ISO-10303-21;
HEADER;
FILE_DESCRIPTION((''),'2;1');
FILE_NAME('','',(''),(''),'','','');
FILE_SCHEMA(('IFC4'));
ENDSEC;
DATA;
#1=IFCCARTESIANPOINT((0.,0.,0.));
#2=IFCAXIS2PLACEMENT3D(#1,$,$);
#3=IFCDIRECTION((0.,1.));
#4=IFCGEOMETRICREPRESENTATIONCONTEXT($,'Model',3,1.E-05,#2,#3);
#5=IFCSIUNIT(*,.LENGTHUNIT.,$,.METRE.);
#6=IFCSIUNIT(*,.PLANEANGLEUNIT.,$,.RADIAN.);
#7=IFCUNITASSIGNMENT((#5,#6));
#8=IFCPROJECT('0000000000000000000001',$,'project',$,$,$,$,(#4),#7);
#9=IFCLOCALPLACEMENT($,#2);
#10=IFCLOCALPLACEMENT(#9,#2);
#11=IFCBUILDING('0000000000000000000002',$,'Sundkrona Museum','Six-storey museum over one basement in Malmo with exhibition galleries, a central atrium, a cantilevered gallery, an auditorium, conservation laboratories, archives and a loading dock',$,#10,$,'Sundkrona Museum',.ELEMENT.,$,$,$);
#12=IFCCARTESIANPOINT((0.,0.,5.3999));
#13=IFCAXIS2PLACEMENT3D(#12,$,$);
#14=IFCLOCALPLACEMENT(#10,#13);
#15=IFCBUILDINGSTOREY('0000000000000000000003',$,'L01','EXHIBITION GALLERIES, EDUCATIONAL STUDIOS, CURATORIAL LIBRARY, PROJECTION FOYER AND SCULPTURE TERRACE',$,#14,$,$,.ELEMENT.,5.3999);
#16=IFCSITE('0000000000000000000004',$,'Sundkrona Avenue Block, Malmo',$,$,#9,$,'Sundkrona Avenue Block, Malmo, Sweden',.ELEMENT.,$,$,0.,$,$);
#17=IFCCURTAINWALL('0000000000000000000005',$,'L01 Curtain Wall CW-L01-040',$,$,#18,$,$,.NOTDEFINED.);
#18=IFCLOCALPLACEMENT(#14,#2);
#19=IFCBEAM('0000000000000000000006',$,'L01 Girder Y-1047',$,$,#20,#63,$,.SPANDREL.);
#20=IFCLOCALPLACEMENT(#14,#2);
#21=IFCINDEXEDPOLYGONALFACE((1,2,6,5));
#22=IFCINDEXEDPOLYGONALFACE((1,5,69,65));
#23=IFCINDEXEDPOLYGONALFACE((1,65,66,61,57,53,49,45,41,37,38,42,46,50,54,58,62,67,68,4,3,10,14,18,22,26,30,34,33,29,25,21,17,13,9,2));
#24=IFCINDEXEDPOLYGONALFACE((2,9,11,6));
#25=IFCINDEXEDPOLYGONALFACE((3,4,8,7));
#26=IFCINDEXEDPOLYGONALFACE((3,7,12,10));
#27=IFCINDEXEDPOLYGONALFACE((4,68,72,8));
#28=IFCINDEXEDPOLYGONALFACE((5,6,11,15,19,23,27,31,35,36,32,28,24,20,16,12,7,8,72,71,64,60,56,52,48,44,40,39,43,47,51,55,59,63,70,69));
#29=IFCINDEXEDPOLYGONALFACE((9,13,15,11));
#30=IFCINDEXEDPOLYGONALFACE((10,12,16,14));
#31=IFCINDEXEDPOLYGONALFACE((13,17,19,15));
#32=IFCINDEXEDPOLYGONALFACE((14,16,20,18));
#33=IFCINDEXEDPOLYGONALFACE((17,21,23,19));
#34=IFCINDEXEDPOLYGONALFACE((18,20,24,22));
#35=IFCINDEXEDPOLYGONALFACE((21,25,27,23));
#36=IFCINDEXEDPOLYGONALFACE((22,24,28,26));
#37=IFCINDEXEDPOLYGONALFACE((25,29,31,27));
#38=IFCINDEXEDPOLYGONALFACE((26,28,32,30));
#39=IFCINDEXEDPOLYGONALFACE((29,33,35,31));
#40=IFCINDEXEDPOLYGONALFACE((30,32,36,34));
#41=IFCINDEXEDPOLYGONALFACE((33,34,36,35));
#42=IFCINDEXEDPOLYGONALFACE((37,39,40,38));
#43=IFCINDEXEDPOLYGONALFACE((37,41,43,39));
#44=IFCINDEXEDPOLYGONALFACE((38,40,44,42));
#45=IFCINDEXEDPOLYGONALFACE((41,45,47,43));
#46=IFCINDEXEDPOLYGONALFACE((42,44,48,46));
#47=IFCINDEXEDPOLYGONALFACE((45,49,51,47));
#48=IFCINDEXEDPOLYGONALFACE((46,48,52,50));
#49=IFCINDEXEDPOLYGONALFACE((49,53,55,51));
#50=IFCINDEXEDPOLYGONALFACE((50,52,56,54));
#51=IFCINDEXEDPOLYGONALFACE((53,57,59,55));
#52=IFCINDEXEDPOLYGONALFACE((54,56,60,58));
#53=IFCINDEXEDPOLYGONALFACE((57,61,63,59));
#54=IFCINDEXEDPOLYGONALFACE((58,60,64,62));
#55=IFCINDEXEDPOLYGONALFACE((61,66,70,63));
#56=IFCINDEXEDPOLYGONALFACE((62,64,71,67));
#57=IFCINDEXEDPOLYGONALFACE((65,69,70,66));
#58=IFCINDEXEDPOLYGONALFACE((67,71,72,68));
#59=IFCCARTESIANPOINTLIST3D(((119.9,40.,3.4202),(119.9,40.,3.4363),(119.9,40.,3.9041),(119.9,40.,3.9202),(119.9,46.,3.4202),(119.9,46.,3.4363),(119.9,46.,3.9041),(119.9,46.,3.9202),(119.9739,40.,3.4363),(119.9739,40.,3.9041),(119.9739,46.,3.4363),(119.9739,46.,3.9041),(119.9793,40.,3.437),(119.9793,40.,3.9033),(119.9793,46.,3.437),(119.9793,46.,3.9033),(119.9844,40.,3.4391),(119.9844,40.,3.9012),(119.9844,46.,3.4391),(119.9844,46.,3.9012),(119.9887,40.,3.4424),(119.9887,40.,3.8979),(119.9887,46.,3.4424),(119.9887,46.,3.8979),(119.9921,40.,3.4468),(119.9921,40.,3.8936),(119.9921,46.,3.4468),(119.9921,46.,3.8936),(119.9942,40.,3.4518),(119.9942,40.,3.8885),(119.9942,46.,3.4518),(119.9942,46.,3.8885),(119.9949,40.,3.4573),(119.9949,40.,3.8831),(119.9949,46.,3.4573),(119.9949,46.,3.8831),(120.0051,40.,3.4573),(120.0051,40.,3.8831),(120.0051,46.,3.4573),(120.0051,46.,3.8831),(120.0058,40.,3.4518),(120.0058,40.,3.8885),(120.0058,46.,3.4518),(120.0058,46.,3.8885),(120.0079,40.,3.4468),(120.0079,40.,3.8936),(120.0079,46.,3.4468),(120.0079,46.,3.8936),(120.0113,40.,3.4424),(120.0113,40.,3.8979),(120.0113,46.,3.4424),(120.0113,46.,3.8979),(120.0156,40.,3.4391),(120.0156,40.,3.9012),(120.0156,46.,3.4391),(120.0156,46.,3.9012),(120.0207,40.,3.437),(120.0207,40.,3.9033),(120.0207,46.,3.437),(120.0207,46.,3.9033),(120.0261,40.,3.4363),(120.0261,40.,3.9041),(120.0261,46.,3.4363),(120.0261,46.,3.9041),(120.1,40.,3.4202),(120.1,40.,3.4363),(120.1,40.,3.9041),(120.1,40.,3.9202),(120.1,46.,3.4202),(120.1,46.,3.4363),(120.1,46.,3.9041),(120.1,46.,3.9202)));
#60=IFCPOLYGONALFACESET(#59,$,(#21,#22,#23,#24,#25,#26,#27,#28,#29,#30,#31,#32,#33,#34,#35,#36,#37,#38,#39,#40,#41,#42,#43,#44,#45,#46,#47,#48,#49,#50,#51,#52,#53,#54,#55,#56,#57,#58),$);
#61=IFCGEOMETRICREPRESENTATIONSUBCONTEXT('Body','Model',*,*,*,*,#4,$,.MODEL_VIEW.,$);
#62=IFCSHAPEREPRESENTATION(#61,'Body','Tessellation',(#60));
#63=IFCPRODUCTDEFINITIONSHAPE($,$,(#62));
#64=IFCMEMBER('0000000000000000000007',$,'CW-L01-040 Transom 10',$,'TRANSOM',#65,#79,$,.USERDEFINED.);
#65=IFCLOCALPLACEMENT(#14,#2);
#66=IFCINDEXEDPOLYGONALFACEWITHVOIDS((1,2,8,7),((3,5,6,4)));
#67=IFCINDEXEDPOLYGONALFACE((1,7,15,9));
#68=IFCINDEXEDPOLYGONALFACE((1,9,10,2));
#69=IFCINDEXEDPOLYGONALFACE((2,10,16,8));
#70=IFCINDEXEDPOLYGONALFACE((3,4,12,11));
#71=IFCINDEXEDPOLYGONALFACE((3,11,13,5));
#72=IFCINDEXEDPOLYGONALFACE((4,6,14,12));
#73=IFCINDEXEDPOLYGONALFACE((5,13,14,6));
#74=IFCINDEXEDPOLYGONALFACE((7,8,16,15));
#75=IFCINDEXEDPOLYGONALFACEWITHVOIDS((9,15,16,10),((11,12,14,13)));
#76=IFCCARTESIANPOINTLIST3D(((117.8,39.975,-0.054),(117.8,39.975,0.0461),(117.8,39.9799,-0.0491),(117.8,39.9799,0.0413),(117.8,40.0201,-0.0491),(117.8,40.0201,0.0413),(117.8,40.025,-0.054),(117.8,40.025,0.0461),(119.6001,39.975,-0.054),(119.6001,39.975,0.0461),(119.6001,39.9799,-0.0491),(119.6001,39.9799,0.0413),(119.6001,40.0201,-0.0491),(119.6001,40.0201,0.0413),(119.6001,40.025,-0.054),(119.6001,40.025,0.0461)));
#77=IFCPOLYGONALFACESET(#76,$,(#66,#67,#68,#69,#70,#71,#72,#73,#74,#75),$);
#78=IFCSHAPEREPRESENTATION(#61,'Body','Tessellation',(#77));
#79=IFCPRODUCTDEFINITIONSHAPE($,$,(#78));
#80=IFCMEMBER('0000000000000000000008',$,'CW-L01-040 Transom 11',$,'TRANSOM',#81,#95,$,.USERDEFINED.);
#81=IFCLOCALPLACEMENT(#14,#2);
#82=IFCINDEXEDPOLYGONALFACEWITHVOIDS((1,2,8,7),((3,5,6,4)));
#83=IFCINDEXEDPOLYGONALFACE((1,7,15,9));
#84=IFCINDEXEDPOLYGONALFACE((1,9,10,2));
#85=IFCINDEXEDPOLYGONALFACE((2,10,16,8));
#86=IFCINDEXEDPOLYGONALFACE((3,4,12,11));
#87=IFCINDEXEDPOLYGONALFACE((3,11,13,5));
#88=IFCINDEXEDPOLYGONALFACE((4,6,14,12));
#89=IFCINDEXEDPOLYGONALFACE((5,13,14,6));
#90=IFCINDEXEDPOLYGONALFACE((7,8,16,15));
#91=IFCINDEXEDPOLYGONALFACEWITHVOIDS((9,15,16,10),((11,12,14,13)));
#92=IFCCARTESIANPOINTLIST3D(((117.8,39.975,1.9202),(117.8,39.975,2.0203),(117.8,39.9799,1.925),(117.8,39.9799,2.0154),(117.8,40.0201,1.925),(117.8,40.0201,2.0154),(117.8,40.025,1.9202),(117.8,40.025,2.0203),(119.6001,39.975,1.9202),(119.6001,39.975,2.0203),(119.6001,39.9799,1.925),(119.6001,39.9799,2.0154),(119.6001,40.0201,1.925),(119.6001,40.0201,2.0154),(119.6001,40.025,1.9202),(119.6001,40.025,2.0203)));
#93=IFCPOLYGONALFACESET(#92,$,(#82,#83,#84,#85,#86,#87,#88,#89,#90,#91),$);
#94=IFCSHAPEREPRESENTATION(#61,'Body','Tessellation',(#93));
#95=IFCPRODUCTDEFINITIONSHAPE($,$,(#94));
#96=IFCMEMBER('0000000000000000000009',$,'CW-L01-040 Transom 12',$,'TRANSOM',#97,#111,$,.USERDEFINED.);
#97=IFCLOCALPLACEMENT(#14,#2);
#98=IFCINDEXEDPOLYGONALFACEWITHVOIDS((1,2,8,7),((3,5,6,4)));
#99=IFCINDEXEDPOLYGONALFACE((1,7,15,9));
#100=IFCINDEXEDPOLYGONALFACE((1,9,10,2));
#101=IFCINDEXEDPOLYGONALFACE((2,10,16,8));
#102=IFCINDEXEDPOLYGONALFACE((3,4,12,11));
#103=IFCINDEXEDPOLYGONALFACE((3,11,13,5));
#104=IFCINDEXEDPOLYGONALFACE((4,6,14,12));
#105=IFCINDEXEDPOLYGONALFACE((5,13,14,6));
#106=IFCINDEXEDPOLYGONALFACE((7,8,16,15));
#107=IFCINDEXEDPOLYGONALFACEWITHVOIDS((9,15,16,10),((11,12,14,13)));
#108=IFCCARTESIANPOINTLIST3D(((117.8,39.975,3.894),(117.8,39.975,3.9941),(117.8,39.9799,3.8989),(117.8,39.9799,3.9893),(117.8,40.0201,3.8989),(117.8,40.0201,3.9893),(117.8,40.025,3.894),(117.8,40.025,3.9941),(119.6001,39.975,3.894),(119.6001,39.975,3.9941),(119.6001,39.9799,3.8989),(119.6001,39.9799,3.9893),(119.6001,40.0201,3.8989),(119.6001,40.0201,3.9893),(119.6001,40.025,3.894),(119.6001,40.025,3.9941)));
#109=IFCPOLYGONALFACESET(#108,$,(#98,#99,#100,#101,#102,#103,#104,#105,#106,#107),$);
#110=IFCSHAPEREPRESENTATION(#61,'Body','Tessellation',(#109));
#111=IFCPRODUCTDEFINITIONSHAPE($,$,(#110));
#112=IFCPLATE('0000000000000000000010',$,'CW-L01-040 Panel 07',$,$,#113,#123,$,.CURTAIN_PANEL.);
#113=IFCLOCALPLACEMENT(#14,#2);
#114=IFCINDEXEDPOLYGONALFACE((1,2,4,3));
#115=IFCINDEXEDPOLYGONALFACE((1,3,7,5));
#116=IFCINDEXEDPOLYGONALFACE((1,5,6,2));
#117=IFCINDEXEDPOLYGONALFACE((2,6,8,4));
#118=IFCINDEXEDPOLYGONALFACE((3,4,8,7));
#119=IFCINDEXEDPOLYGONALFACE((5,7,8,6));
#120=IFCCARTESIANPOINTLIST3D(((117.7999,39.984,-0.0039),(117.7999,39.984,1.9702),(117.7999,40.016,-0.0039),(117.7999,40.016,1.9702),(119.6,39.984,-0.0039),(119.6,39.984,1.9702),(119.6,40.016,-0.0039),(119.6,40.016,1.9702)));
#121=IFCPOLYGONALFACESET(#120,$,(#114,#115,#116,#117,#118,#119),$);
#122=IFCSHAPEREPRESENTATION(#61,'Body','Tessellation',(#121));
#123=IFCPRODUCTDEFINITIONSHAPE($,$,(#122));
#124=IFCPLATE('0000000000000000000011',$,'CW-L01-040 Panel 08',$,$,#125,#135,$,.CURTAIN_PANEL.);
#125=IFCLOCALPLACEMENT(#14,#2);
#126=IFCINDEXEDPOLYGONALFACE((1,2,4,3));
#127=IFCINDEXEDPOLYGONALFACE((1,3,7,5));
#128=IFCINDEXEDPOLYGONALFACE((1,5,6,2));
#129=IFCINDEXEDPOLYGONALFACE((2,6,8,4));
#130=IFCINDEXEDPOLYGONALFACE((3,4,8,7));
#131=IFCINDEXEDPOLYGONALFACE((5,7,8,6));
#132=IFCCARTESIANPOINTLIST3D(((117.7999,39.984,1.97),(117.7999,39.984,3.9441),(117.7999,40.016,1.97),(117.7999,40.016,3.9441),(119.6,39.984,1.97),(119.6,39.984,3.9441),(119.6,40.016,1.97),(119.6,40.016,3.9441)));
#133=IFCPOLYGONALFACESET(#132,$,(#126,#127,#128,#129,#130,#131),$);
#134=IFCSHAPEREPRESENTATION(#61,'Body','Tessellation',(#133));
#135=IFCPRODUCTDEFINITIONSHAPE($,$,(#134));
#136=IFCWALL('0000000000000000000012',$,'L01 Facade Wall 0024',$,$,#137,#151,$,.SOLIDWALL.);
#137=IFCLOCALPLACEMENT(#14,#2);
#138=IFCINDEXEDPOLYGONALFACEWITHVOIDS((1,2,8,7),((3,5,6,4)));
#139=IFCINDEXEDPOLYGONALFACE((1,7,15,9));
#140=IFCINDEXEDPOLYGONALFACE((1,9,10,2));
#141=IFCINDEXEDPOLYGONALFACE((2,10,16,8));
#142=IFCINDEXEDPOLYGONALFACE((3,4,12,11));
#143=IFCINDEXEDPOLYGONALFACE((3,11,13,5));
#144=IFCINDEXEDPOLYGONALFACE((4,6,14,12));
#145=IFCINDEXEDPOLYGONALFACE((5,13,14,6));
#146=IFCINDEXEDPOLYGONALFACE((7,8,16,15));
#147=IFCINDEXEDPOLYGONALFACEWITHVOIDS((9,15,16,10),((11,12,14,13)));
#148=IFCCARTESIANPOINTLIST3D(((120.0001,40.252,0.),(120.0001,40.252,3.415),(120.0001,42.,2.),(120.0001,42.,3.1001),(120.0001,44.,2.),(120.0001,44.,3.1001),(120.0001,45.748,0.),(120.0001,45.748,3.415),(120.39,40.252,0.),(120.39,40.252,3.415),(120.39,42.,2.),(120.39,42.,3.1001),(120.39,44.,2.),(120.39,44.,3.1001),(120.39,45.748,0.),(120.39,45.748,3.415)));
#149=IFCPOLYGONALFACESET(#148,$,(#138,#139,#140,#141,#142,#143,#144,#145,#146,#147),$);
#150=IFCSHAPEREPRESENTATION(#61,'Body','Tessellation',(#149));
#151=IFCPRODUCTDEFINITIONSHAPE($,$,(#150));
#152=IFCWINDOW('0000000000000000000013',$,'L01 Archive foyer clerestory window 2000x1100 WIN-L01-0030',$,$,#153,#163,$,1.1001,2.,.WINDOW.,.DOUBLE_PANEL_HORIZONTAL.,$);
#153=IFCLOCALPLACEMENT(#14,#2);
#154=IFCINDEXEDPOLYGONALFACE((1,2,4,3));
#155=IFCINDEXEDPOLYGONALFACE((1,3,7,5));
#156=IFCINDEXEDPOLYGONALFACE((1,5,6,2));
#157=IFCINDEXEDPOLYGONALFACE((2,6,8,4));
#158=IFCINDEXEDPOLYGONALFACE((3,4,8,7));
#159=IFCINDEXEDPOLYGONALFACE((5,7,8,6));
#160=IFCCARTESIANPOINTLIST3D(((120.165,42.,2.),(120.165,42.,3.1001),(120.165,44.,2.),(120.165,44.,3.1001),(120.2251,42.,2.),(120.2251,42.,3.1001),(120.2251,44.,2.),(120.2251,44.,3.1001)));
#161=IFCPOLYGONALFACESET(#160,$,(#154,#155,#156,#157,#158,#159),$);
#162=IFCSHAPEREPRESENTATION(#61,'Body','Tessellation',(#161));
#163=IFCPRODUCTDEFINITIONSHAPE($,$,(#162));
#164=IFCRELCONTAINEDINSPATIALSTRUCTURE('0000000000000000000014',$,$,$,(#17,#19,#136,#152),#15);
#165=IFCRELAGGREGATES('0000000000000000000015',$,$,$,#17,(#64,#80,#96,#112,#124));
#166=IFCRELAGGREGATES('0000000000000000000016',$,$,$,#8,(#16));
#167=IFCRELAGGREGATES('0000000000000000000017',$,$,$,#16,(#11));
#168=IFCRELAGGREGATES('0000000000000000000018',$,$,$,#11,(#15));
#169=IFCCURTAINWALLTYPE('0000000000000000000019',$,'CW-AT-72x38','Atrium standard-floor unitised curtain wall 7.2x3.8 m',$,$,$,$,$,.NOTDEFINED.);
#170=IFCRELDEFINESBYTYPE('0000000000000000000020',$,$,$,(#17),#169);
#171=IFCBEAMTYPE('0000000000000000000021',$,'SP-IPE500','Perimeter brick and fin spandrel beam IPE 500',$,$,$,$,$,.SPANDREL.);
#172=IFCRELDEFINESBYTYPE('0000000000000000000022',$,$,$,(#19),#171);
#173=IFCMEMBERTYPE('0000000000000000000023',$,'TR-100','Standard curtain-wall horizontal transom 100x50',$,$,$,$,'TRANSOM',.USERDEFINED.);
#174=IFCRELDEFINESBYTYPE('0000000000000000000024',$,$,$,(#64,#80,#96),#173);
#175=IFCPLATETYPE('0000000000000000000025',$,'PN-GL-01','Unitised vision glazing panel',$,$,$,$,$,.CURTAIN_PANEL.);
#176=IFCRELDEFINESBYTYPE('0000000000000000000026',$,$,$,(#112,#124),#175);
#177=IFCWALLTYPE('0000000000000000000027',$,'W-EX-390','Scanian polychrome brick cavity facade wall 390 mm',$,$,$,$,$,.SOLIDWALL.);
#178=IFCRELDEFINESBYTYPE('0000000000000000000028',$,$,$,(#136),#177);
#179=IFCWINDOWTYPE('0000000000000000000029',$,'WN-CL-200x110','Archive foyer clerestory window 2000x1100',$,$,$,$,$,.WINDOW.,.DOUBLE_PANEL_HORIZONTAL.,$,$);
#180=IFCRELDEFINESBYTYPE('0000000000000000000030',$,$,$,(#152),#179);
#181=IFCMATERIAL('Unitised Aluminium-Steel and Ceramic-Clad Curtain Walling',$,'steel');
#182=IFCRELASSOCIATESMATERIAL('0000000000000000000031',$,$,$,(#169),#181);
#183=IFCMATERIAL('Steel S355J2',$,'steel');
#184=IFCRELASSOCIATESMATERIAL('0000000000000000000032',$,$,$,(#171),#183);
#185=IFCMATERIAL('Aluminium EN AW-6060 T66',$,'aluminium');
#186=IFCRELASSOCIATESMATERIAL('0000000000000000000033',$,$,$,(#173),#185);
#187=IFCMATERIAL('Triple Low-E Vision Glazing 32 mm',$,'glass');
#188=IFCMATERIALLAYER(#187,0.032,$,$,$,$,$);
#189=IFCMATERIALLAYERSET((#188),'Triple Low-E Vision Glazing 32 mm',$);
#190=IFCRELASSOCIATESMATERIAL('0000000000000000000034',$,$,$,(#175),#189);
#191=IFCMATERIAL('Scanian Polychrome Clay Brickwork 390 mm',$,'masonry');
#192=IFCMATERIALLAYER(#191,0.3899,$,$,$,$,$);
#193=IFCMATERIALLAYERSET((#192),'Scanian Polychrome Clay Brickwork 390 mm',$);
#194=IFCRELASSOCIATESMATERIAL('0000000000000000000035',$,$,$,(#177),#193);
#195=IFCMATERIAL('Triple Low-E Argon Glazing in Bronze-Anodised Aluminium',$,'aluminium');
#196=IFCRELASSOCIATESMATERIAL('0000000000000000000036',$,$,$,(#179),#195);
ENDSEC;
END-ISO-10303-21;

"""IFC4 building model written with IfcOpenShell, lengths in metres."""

from ifc_helpers import new_model, si_unit, direction, frame, frame_2d, origin, origin_2d, place, context, subcontext, project, spatial, rectangle, hollow_rectangle, i_section, extrude, material, layer, layer_set, material_profile, profile_set, type_object, element, fill, aggregate, save


model = new_model("IFC4")

# Units and contexts
model_context = context("Model", 3, precision=1e-05, world=origin(), true_north=direction((0.0, 1.0)))
body_context = subcontext(model_context, "Body", "Model", "MODEL_VIEW")
ifc_project = project(units=[si_unit("LENGTHUNIT", "METRE"), si_unit("PLANEANGLEUNIT", "RADIAN")], contexts=[model_context])

# Site, building, storey
site_placement = place(None, origin())
site = spatial("IfcSite", under=ifc_project, at=site_placement, Name="Sundkrona Avenue Block, Malmo", LongName="Sundkrona Avenue Block, Malmo, Sweden", CompositionType="ELEMENT", RefElevation=0.0)
building_placement = place(site_placement, origin())
building = spatial("IfcBuilding", under=site, at=building_placement, Name="Sundkrona Museum", Description="Six-storey museum over one basement in Malmo with exhibition galleries, a central atrium, a cantilevered gallery, an auditorium, conservation laboratories, archives and a loading dock", LongName="Sundkrona Museum", CompositionType="ELEMENT")
storey_placement = place(building_placement, frame((0.0, 0.0, 5.3999)))
storey = spatial("IfcBuildingStorey", under=building, at=storey_placement, Name="L01", Description="EXHIBITION GALLERIES, EDUCATIONAL STUDIOS, CURATORIAL LIBRARY, PROJECTION FOYER AND SCULPTURE TERRACE", CompositionType="ELEMENT", Elevation=5.3999)

# Shared definitions
ifc_material_1 = material(Name="Steel S355J2", Category="steel")

# Curtain wall
ifc_material_2 = material(Name="Unitised Aluminium-Steel and Ceramic-Clad Curtain Walling", Category="steel")
curtain_wall_type = type_object("IfcCurtainWallType", Name="CW-AT-72x38", Description="Atrium standard-floor unitised curtain wall 7.2x3.8 m", PredefinedType="NOTDEFINED", material=ifc_material_2)
curtain_wall_placement = place(storey_placement, origin())
curtain_wall = element("IfcCurtainWall", 1, at=curtain_wall_placement, inside=storey, type_object=curtain_wall_type, Name="L01 Curtain Wall CW-L01-040", PredefinedType="NOTDEFINED")
ifc_material_3 = material(Name="Aluminium EN AW-6060 T66", Category="aluminium")

# Beam
ifc_material_profile_1 = material_profile(ifc_material_1, i_section(OverallWidth=0.2, OverallDepth=0.5, WebThickness=0.0103, FlangeThickness=0.0161, FilletRadius=0.021, at=origin_2d()), Name="IPE 500")
ifc_profile_set_1 = profile_set([ifc_material_profile_1], Name="Steel S355J2")
beam_type_1 = type_object("IfcBeamType", Name="SP-IPE500", Description="Perimeter brick and fin spandrel beam IPE 500", PredefinedType="SPANDREL", material=ifc_profile_set_1)
beam_1_placement = place(storey_placement, frame((120.0, 40.0, 3.6702), z_axis=(0.0, 1.0, 0.0), x_axis=(-1.0, 0.0, 0.0)))
element("IfcBeam", 2, at=beam_1_placement, inside=storey, type_object=beam_type_1, Name="L01 Girder Y-1047", PredefinedType="SPANDREL", context=body_context, shape_type="SweptSolid", body=[
    extrude(i_section(OverallWidth=0.2, OverallDepth=0.5, WebThickness=0.0103, FlangeThickness=0.0161, FilletRadius=0.021, at=origin_2d()), origin(), (0.0, 0.0, 1.0), 6.0),
])

# Members
ifc_material_profile_2 = material_profile(ifc_material_3, hollow_rectangle(XDim=0.05, YDim=0.1001, WallThickness=0.0049, at=origin_2d()), Name="RHS 100x50x5.0")
ifc_profile_set_2 = profile_set([ifc_material_profile_2], Name="Aluminium EN AW-6060 T66")
member_type_1 = type_object("IfcMemberType", Name="TR-100", Description="Standard curtain-wall horizontal transom 100x50", ElementType="TRANSOM", PredefinedType="USERDEFINED", material=ifc_profile_set_2)
member_1_placement = place(storey_placement, frame((117.8, 40.0, -0.0039), z_axis=(1.0, 0.0, 0.0), x_axis=(0.0, 1.0, 0.0)))
member_1 = element("IfcMember", 3, at=member_1_placement, type_object=member_type_1, Name="CW-L01-040 Transom 10", ObjectType="TRANSOM", PredefinedType="USERDEFINED", context=body_context, shape_type="SweptSolid", body=[
    extrude(hollow_rectangle(XDim=0.05, YDim=0.1001, WallThickness=0.0049, at=origin_2d()), origin(), (0.0, 0.0, 1.0), 1.8),
])
member_2_placement = place(storey_placement, frame((117.8, 40.0, 1.9702), z_axis=(1.0, 0.0, 0.0), x_axis=(0.0, 1.0, 0.0)))
member_2 = element("IfcMember", 4, at=member_2_placement, type_object=member_type_1, Name="CW-L01-040 Transom 11", ObjectType="TRANSOM", PredefinedType="USERDEFINED", context=body_context, shape_type="SweptSolid", body=[
    extrude(hollow_rectangle(XDim=0.05, YDim=0.1001, WallThickness=0.0049, at=origin_2d()), origin(), (0.0, 0.0, 1.0), 1.8),
])
member_3_placement = place(storey_placement, frame((117.8, 40.0, 3.9441), z_axis=(1.0, 0.0, 0.0), x_axis=(0.0, 1.0, 0.0)))
member_3 = element("IfcMember", 5, at=member_3_placement, type_object=member_type_1, Name="CW-L01-040 Transom 12", ObjectType="TRANSOM", PredefinedType="USERDEFINED", context=body_context, shape_type="SweptSolid", body=[
    extrude(hollow_rectangle(XDim=0.05, YDim=0.1001, WallThickness=0.0049, at=origin_2d()), origin(), (0.0, 0.0, 1.0), 1.8),
])

# Plates
ifc_material_4 = material(Name="Triple Low-E Vision Glazing 32 mm", Category="glass")
ifc_layer_1 = layer(ifc_material_4, 0.032)
ifc_layer_set_1 = layer_set([ifc_layer_1], Name="Triple Low-E Vision Glazing 32 mm")
plate_type = type_object("IfcPlateType", Name="PN-GL-01", Description="Unitised vision glazing panel", PredefinedType="CURTAIN_PANEL", material=ifc_layer_set_1)
plate_1_placement = place(storey_placement, frame((118.7, 40.0, -0.0039), z_axis=(0.0, 0.0, 1.0), x_axis=(1.0, 0.0, 0.0)))
plate_1 = element("IfcPlate", 6, at=plate_1_placement, type_object=plate_type, Name="CW-L01-040 Panel 07", PredefinedType="CURTAIN_PANEL", context=body_context, shape_type="SweptSolid", body=[
    extrude(rectangle(XDim=1.8, YDim=0.032, at=origin_2d()), origin(), (0.0, 0.0, 1.0), 1.9741),
])
plate_2_placement = place(storey_placement, frame((118.7, 40.0, 1.97), z_axis=(0.0, 0.0, 1.0), x_axis=(1.0, 0.0, 0.0)))
plate_2 = element("IfcPlate", 7, at=plate_2_placement, type_object=plate_type, Name="CW-L01-040 Panel 08", PredefinedType="CURTAIN_PANEL", context=body_context, shape_type="SweptSolid", body=[
    extrude(rectangle(XDim=1.8, YDim=0.032, at=origin_2d()), origin(), (0.0, 0.0, 1.0), 1.9741),
])
aggregate(curtain_wall, [member_1, member_2, member_3, plate_1, plate_2])

# Wall, opening, window
ifc_material_5 = material(Name="Scanian Polychrome Clay Brickwork 390 mm", Category="masonry")
ifc_layer_2 = layer(ifc_material_5, 0.3899)
ifc_layer_set_2 = layer_set([ifc_layer_2], Name="Scanian Polychrome Clay Brickwork 390 mm")
wall_type_1 = type_object("IfcWallType", Name="W-EX-390", Description="Scanian polychrome brick cavity facade wall 390 mm", PredefinedType="SOLIDWALL", material=ifc_layer_set_2)
wall_1_placement = place(storey_placement, frame((120.1951, 40.252, 0.0), z_axis=(0.0, 0.0, 1.0), x_axis=(0.0, 1.0, 0.0)))
wall_1 = element("IfcWall", 8, at=wall_1_placement, inside=storey, type_object=wall_type_1, Name="L01 Facade Wall 0024", PredefinedType="SOLIDWALL", context=body_context, shape_type="SweptSolid", body=[
    extrude(rectangle(XDim=5.4961, YDim=0.3899, at=frame_2d((2.748, 0.0))), origin(), (0.0, 0.0, 1.0), 3.415),
])
opening_1_placement = place(wall_1_placement, frame((1.748, 0.0, 2.0)))
opening_1 = element("IfcOpeningElement", 9, at=opening_1_placement, cuts=wall_1, PredefinedType="OPENING", context=body_context, shape_type="SweptSolid", body=[
    extrude(rectangle(XDim=2.0, YDim=1.1001, at=frame_2d((1.0, 0.55))), frame((0.0, 0.2048, 0.0), z_axis=(0.0, -1.0, 0.0), x_axis=(1.0, 0.0, 0.0)), (0.0, 0.0, 1.0), 0.4099),
])
ifc_material_6 = material(Name="Triple Low-E Argon Glazing in Bronze-Anodised Aluminium", Category="aluminium")
window_type_1 = type_object("IfcWindowType", Name="WN-CL-200x110", Description="Archive foyer clerestory window 2000x1100", PartitioningType="DOUBLE_PANEL_HORIZONTAL", PredefinedType="WINDOW", material=ifc_material_6)
window_1_placement = place(opening_1_placement, origin())
window_1 = element("IfcWindow", 10, at=window_1_placement, inside=storey, type_object=window_type_1, Name="L01 Archive foyer clerestory window 2000x1100 WIN-L01-0030", OverallHeight=1.1001, OverallWidth=2.0, PartitioningType="DOUBLE_PANEL_HORIZONTAL", PredefinedType="WINDOW", context=body_context, shape_type="SweptSolid", body=[
    extrude(rectangle(XDim=2.0, YDim=1.1001, at=frame_2d((1.0, 0.55))), frame((0.0, 0.03, 0.0), z_axis=(0.0, -1.0, 0.0), x_axis=(1.0, 0.0, 0.0)), (0.0, 0.0, 1.0), 0.0601),
])
fill(opening_1, window_1)

save(model, "model.ifc")
